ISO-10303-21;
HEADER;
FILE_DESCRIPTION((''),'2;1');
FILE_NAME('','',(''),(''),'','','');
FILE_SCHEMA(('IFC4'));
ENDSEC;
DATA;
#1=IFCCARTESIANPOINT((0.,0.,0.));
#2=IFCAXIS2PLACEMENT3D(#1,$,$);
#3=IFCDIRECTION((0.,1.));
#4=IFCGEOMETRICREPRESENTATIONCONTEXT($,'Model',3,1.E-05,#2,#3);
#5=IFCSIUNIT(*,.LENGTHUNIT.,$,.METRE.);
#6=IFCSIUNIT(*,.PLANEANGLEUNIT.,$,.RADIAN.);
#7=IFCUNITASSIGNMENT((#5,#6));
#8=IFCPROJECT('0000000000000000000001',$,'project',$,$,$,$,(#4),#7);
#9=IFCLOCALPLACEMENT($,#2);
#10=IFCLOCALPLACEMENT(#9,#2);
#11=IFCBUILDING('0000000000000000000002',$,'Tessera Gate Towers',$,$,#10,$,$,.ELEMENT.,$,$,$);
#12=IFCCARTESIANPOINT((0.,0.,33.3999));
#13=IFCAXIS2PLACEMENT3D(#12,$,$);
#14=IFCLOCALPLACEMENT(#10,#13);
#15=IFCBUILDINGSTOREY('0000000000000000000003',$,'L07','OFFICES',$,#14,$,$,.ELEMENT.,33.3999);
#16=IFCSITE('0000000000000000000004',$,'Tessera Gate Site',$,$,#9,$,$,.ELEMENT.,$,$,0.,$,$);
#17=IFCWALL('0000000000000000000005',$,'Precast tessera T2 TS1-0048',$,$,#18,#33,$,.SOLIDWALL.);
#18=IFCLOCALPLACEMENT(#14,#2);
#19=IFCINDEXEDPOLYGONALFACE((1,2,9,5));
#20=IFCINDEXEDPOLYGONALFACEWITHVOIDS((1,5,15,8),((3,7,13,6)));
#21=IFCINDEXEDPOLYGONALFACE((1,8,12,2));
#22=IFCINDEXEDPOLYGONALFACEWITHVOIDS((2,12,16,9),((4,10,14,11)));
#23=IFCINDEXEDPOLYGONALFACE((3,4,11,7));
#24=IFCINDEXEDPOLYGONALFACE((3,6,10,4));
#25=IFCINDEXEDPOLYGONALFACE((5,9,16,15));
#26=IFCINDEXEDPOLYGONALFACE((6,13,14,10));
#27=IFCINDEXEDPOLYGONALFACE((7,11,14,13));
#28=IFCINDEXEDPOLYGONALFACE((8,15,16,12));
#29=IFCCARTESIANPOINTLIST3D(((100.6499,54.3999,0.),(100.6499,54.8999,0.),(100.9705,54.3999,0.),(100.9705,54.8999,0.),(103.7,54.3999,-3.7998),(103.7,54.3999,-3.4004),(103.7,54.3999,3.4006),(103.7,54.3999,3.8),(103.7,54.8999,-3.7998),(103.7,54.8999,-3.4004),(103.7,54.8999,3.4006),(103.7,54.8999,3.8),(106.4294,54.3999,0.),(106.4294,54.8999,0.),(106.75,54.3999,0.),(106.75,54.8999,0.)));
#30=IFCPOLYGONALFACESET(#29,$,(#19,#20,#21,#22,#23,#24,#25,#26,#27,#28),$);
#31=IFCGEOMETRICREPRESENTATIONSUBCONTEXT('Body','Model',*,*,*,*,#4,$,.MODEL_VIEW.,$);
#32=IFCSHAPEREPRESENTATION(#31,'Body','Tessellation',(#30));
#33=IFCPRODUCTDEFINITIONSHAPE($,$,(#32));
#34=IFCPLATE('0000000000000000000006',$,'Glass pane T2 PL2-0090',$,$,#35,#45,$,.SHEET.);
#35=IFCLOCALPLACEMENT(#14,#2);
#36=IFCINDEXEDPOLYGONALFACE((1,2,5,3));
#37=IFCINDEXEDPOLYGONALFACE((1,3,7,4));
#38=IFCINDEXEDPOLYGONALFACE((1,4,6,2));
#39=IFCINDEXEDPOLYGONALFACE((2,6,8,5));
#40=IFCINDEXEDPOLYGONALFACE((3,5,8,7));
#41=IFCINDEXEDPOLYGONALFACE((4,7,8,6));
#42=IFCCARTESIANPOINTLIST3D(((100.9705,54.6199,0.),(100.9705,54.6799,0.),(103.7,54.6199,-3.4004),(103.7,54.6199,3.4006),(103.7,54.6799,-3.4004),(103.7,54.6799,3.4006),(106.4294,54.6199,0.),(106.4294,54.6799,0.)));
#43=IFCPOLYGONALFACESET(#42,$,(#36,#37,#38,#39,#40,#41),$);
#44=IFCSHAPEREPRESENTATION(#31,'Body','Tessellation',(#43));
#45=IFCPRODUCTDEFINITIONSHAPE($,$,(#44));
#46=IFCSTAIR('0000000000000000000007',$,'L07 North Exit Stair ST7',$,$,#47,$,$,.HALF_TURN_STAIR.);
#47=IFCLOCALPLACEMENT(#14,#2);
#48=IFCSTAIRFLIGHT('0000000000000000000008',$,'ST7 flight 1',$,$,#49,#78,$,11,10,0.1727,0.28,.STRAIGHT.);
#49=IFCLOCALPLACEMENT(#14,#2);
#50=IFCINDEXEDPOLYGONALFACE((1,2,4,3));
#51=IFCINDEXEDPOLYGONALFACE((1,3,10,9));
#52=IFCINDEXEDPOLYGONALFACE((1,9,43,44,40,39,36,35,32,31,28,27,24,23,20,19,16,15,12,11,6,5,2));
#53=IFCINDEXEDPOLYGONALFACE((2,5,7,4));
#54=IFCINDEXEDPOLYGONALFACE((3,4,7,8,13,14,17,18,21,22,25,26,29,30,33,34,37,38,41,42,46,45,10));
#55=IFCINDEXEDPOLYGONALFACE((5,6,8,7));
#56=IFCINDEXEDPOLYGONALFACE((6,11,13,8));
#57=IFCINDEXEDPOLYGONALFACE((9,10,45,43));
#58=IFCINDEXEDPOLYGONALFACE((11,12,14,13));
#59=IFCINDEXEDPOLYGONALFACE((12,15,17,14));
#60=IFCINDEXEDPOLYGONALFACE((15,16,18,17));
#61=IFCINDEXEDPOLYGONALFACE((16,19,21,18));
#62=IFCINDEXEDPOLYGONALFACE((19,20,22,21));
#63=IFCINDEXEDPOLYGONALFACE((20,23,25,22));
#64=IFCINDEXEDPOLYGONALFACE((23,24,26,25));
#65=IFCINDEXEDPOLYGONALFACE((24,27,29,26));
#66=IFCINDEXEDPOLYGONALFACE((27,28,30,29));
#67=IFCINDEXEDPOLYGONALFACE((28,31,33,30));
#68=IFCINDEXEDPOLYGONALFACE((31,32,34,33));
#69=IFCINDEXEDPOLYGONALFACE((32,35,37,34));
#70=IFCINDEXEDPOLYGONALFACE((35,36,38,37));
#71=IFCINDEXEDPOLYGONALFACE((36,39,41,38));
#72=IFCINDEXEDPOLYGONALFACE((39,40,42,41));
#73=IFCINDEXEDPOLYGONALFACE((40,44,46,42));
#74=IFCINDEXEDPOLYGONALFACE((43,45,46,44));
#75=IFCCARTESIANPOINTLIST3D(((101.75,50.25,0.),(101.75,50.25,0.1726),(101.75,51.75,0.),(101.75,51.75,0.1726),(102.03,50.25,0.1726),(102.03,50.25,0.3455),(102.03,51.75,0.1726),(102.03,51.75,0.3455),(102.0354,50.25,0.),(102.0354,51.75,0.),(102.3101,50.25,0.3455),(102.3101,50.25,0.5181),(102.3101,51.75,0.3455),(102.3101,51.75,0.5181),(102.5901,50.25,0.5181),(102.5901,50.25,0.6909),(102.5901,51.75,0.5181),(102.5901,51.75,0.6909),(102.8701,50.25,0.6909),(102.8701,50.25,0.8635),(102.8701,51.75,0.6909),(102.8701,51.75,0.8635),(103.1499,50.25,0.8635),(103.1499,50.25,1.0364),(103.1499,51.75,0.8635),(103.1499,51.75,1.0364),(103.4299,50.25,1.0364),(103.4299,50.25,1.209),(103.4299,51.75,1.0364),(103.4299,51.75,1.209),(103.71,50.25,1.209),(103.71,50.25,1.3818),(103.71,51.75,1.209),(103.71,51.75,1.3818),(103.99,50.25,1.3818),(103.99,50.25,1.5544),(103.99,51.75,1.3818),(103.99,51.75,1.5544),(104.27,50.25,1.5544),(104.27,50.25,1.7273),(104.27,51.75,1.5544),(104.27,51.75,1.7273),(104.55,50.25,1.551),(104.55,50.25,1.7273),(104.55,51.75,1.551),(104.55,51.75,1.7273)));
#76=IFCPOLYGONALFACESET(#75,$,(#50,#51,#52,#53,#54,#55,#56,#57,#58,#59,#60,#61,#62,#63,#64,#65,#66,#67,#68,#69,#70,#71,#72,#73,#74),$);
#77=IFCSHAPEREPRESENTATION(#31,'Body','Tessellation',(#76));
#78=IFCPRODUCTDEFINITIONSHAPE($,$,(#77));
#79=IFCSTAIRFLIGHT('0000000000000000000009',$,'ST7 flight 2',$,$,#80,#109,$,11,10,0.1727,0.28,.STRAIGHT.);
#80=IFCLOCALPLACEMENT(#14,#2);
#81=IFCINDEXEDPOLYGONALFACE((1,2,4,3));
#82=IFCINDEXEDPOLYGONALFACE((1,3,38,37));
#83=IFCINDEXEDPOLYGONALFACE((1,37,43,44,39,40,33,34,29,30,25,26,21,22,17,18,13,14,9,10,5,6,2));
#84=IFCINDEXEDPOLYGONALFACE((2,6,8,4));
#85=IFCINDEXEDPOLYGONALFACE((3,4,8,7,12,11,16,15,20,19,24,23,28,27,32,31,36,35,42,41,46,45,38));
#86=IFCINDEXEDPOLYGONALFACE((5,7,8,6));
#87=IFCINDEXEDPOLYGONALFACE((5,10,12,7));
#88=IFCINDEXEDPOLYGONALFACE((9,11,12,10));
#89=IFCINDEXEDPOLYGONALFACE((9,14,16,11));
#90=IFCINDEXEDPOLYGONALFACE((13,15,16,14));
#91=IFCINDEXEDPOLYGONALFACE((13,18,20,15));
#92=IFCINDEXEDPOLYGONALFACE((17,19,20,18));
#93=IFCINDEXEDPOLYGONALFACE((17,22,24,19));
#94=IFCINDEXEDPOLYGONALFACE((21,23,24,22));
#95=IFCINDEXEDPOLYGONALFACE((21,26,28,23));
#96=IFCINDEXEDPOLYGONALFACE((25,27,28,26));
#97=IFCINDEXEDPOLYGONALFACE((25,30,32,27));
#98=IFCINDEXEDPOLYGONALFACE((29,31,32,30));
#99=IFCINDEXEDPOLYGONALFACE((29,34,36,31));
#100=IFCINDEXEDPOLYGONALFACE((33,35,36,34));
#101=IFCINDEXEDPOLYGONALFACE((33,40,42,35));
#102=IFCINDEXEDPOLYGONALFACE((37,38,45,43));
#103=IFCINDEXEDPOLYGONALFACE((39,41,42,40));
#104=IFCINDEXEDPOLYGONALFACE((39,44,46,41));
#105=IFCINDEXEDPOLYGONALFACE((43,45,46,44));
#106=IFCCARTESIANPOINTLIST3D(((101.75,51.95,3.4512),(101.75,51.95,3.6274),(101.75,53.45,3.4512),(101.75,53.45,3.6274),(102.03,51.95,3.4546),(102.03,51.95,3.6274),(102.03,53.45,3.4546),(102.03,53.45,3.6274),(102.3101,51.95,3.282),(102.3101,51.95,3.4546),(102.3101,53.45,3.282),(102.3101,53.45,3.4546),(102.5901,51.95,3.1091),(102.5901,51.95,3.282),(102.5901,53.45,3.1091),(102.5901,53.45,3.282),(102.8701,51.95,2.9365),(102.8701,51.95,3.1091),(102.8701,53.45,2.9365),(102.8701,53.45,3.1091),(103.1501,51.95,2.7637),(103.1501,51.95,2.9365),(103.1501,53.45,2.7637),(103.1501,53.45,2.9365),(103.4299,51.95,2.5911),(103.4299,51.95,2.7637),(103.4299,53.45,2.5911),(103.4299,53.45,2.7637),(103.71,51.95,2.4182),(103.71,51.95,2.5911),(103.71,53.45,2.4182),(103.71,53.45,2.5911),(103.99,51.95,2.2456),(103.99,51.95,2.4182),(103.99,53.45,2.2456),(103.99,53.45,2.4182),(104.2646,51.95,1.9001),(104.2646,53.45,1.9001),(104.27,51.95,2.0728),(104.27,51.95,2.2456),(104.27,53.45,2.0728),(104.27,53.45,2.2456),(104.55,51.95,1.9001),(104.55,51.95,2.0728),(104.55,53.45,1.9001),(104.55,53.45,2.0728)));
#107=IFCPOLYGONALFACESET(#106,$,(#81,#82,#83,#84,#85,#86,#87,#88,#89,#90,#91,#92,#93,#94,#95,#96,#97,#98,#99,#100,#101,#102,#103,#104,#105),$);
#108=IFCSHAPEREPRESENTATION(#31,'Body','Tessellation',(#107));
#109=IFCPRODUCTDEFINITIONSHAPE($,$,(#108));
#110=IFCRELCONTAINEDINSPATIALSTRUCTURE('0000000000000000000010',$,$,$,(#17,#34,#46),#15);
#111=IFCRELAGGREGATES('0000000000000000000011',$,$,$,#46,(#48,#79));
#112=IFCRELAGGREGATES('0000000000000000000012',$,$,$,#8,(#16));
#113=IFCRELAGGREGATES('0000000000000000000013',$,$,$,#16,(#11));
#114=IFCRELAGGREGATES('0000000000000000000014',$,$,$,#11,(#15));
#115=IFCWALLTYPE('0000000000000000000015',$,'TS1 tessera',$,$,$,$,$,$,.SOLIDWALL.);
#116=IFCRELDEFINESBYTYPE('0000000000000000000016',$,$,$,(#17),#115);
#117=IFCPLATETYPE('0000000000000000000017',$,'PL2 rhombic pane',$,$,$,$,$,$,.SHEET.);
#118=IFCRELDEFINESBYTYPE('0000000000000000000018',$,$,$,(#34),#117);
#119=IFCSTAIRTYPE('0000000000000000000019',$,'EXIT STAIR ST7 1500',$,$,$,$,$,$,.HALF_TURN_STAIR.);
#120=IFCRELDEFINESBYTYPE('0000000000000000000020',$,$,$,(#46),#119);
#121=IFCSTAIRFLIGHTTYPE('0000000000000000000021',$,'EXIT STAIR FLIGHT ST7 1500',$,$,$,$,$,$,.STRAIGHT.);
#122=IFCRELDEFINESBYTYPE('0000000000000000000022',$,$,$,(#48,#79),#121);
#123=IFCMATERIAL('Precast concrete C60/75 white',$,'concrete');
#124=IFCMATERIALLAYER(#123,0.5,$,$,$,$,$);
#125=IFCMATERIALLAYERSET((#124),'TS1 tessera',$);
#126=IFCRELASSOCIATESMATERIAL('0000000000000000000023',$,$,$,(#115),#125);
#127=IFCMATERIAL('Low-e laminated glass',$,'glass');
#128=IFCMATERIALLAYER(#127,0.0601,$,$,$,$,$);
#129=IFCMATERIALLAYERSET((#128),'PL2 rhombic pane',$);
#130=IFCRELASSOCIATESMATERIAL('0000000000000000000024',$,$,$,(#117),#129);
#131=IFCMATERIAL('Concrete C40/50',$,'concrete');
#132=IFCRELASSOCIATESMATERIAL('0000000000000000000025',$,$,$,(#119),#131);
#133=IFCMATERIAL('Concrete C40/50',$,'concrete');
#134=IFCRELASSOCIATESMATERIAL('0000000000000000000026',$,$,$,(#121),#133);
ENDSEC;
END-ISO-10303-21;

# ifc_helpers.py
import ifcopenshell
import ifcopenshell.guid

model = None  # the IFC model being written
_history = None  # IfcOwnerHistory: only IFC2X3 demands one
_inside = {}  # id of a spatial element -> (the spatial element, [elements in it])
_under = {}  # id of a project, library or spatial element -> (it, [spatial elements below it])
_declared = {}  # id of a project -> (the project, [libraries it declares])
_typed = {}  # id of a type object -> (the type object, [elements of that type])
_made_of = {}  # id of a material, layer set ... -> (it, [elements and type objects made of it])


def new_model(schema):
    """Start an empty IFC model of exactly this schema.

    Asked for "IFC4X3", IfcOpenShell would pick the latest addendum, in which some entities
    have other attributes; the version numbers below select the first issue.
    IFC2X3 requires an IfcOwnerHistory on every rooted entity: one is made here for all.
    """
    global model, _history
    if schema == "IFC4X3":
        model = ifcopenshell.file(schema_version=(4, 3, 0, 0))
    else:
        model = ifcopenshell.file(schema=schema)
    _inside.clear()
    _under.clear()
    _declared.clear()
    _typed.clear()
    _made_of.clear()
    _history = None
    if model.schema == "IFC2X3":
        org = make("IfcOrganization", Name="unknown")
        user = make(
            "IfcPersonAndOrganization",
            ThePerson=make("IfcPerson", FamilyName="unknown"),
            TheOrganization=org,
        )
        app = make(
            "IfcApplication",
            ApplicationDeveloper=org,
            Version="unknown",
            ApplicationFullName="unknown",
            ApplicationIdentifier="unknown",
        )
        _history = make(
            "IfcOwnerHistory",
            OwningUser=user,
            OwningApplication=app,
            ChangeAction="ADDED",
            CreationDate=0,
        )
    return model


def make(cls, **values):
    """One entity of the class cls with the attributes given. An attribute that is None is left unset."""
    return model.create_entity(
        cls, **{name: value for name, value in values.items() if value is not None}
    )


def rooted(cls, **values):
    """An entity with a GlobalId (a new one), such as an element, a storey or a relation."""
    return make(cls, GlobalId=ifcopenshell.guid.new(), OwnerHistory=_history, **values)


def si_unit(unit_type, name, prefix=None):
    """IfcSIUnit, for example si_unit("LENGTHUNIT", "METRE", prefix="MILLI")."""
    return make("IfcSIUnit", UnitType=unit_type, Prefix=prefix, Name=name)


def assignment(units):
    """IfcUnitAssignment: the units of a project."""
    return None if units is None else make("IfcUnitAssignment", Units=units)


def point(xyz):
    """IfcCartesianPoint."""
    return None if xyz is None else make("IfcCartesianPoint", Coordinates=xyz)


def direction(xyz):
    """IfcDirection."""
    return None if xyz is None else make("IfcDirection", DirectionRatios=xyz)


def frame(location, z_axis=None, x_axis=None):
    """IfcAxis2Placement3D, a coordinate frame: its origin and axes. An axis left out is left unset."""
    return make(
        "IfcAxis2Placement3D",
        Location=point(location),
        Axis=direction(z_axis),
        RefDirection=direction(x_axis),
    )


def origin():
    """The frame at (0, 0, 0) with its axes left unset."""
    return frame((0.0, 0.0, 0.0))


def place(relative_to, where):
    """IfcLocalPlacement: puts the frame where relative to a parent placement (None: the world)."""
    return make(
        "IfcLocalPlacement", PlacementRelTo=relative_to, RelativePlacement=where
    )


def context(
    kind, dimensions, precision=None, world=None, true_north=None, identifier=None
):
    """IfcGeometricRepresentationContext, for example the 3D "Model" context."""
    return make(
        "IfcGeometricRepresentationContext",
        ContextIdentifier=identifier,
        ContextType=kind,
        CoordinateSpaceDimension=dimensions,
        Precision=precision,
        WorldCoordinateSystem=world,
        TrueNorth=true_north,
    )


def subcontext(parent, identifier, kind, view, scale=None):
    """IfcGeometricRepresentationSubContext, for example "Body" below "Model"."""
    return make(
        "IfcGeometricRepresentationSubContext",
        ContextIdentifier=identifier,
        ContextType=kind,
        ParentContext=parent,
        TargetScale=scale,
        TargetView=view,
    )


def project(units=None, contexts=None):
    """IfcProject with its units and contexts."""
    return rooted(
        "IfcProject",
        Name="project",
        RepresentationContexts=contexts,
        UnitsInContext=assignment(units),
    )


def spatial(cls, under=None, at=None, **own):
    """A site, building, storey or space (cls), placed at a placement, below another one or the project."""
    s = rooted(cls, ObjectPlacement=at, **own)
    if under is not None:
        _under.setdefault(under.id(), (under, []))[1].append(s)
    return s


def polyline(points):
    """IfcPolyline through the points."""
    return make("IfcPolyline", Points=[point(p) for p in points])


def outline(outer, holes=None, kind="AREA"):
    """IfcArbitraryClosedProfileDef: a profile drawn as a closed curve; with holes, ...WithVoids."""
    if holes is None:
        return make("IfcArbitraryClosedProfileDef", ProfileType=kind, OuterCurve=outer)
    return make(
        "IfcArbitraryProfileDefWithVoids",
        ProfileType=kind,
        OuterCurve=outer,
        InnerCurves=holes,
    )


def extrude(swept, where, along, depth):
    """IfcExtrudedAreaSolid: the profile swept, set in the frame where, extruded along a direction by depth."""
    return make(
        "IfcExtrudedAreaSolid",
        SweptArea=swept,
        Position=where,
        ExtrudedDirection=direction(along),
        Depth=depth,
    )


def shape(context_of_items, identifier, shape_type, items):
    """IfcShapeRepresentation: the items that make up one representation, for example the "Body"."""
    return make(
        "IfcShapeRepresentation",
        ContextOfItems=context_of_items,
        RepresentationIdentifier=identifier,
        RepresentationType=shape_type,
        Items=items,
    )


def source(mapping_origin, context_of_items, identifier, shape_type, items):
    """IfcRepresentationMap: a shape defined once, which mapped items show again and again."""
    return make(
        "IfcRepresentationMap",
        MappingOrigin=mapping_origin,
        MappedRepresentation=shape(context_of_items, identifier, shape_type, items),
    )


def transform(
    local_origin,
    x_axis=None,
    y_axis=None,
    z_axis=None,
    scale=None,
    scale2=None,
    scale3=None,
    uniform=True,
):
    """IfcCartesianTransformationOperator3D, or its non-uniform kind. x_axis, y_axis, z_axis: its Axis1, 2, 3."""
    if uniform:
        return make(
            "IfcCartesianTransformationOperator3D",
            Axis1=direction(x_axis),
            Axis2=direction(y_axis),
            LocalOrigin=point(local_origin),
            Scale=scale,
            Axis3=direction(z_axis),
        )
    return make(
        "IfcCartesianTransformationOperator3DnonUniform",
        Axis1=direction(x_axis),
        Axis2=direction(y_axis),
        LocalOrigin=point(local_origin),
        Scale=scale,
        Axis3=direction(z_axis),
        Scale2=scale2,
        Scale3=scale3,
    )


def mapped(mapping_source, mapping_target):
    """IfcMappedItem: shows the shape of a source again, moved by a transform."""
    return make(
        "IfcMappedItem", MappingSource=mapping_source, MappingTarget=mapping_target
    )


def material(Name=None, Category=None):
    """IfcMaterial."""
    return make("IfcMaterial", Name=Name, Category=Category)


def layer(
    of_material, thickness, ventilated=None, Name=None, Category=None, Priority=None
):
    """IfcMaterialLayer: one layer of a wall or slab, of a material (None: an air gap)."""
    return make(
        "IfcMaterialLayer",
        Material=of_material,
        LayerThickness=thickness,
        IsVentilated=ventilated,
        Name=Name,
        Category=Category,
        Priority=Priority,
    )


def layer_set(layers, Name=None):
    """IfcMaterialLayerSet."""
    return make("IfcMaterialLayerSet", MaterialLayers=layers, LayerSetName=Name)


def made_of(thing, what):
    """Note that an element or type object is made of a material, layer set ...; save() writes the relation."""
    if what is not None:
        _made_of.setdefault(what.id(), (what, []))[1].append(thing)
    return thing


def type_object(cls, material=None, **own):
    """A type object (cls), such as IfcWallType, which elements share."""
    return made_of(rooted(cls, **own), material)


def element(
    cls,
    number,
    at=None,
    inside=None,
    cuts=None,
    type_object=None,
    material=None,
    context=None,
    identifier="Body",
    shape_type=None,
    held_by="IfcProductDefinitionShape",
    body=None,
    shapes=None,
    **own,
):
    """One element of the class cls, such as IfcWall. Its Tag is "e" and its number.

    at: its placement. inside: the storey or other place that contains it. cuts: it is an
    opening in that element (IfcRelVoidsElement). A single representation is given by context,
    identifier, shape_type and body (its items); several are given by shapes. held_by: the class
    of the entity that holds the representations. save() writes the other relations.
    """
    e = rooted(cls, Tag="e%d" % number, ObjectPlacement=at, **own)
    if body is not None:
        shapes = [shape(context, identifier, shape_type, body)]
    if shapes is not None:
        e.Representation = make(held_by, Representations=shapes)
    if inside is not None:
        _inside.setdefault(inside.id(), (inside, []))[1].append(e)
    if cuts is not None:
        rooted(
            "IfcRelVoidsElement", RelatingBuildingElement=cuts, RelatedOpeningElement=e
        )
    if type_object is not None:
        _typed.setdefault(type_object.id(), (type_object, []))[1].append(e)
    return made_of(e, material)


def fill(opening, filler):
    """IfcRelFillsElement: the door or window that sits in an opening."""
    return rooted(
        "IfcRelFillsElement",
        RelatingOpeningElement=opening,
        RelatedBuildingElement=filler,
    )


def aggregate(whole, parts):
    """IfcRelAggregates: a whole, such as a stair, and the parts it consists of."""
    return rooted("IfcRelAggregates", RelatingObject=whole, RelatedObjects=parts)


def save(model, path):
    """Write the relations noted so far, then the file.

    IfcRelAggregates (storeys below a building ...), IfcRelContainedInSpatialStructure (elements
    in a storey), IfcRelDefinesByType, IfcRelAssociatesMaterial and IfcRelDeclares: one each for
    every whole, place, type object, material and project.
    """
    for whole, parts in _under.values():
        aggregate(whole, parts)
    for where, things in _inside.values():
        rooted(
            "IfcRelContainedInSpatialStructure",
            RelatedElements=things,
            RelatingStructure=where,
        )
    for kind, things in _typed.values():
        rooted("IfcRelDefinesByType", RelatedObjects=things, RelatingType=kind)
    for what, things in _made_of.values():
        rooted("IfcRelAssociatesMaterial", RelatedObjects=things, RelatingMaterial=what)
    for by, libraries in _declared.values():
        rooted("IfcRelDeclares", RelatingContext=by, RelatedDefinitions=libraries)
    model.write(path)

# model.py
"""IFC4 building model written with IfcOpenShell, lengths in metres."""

from ifc_helpers import new_model, si_unit, direction, frame, origin, place, context, subcontext, project, spatial, polyline, outline, extrude, source, transform, mapped, material, layer, layer_set, type_object, element, fill, aggregate, save


model = new_model("IFC4")

# Units and contexts
model_context = context("Model", 3, precision=1e-05, world=origin(), true_north=direction((0.0, 1.0)))
body_context = subcontext(model_context, "Body", "Model", "MODEL_VIEW")
ifc_project = project(units=[si_unit("LENGTHUNIT", "METRE"), si_unit("PLANEANGLEUNIT", "RADIAN")], contexts=[model_context])

# Site, building, storey
site_placement = place(None, origin())
site = spatial("IfcSite", under=ifc_project, at=site_placement, Name="Tessera Gate Site", CompositionType="ELEMENT", RefElevation=0.0)
building_placement = place(site_placement, origin())
building = spatial("IfcBuilding", under=site, at=building_placement, Name="Tessera Gate Towers", CompositionType="ELEMENT")
storey_placement = place(building_placement, frame((0.0, 0.0, 33.3999)))
storey = spatial("IfcBuildingStorey", under=building, at=storey_placement, Name="L07", Description="OFFICES", CompositionType="ELEMENT", Elevation=33.3999)

# Wall, opening, plate
ifc_material_1 = material(Name="Precast concrete C60/75 white", Category="concrete")
ifc_layer_1 = layer(ifc_material_1, 0.5)
ifc_layer_set_1 = layer_set([ifc_layer_1], Name="TS1 tessera")
wall_type_1 = type_object("IfcWallType", Name="TS1 tessera", PredefinedType="SOLIDWALL", material=ifc_layer_set_1)
shared_shape_1 = source(origin(), body_context, "Body", "SweptSolid", [
    extrude(outline(polyline([(3.05, 0.0), (6.1001, 3.7998), (3.05, 7.5999), (0.0, 3.7998), (3.05, 0.0)])), frame((0.0, 0.25, 0.0), z_axis=(0.0, -1.0, 0.0), x_axis=(1.0, 0.0, 0.0)), (0.0, 0.0, 1.0), 0.5),
])
shared_shape_2 = source(origin(), body_context, "Body", "SweptSolid", [
    extrude(outline(polyline([(3.05, 0.3994), (5.7795, 3.7998), (3.05, 7.2004), (0.3206, 3.7998), (3.05, 0.3994)])), frame((0.0, 0.26, 0.0), z_axis=(0.0, -1.0, 0.0), x_axis=(1.0, 0.0, 0.0)), (0.0, 0.0, 1.0), 0.52),
])
ifc_material_2 = material(Name="Low-e laminated glass", Category="glass")
ifc_layer_2 = layer(ifc_material_2, 0.0601)
ifc_layer_set_2 = layer_set([ifc_layer_2], Name="PL2 rhombic pane")
plate_type = type_object("IfcPlateType", Name="PL2 rhombic pane", PredefinedType="SHEET", material=ifc_layer_set_2)
shared_shape_3 = source(origin(), body_context, "Body", "SweptSolid", [
    extrude(outline(polyline([(3.05, 0.3994), (5.7795, 3.7998), (3.05, 7.2004), (0.3206, 3.7998), (3.05, 0.3994)])), frame((0.0, 0.03, 0.0), z_axis=(0.0, -1.0, 0.0), x_axis=(1.0, 0.0, 0.0)), (0.0, 0.0, 1.0), 0.0601),
])
wall_1_placement = place(storey_placement, frame((106.75, 54.6499, -3.7998), z_axis=(0.0, 0.0, 1.0), x_axis=(-1.0, 0.0, 0.0)))
wall_1 = element("IfcWall", 1, at=wall_1_placement, inside=storey, type_object=wall_type_1, Name="Precast tessera T2 TS1-0048", PredefinedType="SOLIDWALL", context=body_context, shape_type="MappedRepresentation", body=[
    mapped(shared_shape_1, transform((0.0, 0.0, 0.0), scale=1.0)),
])
opening_1_placement = place(wall_1_placement, origin())
opening_1 = element("IfcOpeningElement", 2, at=opening_1_placement, cuts=wall_1, PredefinedType="OPENING", context=body_context, shape_type="MappedRepresentation", body=[
    mapped(shared_shape_2, transform((0.0, 0.0, 0.0), scale=1.0)),
])
plate_1_placement = place(opening_1_placement, origin())
plate_1 = element("IfcPlate", 3, at=plate_1_placement, inside=storey, type_object=plate_type, Name="Glass pane T2 PL2-0090", PredefinedType="SHEET", context=body_context, shape_type="MappedRepresentation", body=[
    mapped(shared_shape_3, transform((0.0, 0.0, 0.0), scale=1.0)),
])
fill(opening_1, plate_1)

# Stair, stair flights
ifc_material_3 = material(Name="Concrete C40/50", Category="concrete")
stair_type = type_object("IfcStairType", Name="EXIT STAIR ST7 1500", PredefinedType="HALF_TURN_STAIR", material=ifc_material_3)
stair_placement = place(storey_placement, origin())
stair = element("IfcStair", 4, at=stair_placement, inside=storey, type_object=stair_type, Name="L07 North Exit Stair ST7", PredefinedType="HALF_TURN_STAIR")
ifc_material_4 = material(Name="Concrete C40/50", Category="concrete")
stair_flight_type = type_object("IfcStairFlightType", Name="EXIT STAIR FLIGHT ST7 1500", PredefinedType="STRAIGHT", material=ifc_material_4)
stair_flight_1_placement = place(storey_placement, frame((101.75, 51.0, 0.0), z_axis=(0.0, 0.0, 1.0), x_axis=(1.0, 0.0, 0.0)))
stair_flight_1 = element("IfcStairFlight", 5, at=stair_flight_1_placement, type_object=stair_flight_type, Name="ST7 flight 1", NumberOfRisers=11, NumberOfTreads=10, PredefinedType="STRAIGHT", RiserHeight=0.1727, TreadLength=0.28, context=body_context, shape_type="SweptSolid", body=[
    extrude(outline(polyline([(0.0, 0.0), (0.0, 0.1726), (0.28, 0.1726), (0.28, 0.3455), (0.5601, 0.3455), (0.5601, 0.5181), (0.8401, 0.5181), (0.8401, 0.6909), (1.1201, 0.6909), (1.1201, 0.8635), (1.3999, 0.8635), (1.3999, 1.0364), (1.6799, 1.0364), (1.6799, 1.209), (1.96, 1.209), (1.96, 1.3818), (2.24, 1.3818), (2.24, 1.5544), (2.52, 1.5544), (2.52, 1.7273), (2.8, 1.7273), (2.8, 1.8999), (2.8, 1.551), (0.2854, 0.0), (0.0, 0.0)])), frame((0.0, 0.75, 0.0), z_axis=(0.0, -1.0, 0.0), x_axis=(1.0, 0.0, 0.0)), (0.0, 0.0, 1.0), 1.5),
])
stair_flight_2_placement = place(storey_placement, frame((104.55, 52.7, 1.9001), z_axis=(0.0, 0.0, 1.0), x_axis=(-1.0, 0.0, 0.0)))
stair_flight_2 = element("IfcStairFlight", 6, at=stair_flight_2_placement, type_object=stair_flight_type, Name="ST7 flight 2", NumberOfRisers=11, NumberOfTreads=10, PredefinedType="STRAIGHT", RiserHeight=0.1727, TreadLength=0.28, context=body_context, shape_type="SweptSolid", body=[
    extrude(outline(polyline([(0.0, 0.0), (0.0, 0.1726), (0.28, 0.1726), (0.28, 0.3455), (0.5601, 0.3455), (0.5601, 0.5181), (0.8401, 0.5181), (0.8401, 0.6909), (1.1201, 0.6909), (1.1201, 0.8635), (1.3999, 0.8635), (1.3999, 1.0364), (1.6799, 1.0364), (1.6799, 1.209), (1.96, 1.209), (1.96, 1.3818), (2.24, 1.3818), (2.24, 1.5544), (2.52, 1.5544), (2.52, 1.7273), (2.8, 1.7273), (2.8, 1.8999), (2.8, 1.551), (0.2854, 0.0), (0.0, 0.0)])), frame((0.0, 0.75, 0.0), z_axis=(0.0, -1.0, 0.0), x_axis=(1.0, 0.0, 0.0)), (0.0, 0.0, 1.0), 1.5),
])
aggregate(stair, [stair_flight_1, stair_flight_2])

save(model, "model.ifc")
